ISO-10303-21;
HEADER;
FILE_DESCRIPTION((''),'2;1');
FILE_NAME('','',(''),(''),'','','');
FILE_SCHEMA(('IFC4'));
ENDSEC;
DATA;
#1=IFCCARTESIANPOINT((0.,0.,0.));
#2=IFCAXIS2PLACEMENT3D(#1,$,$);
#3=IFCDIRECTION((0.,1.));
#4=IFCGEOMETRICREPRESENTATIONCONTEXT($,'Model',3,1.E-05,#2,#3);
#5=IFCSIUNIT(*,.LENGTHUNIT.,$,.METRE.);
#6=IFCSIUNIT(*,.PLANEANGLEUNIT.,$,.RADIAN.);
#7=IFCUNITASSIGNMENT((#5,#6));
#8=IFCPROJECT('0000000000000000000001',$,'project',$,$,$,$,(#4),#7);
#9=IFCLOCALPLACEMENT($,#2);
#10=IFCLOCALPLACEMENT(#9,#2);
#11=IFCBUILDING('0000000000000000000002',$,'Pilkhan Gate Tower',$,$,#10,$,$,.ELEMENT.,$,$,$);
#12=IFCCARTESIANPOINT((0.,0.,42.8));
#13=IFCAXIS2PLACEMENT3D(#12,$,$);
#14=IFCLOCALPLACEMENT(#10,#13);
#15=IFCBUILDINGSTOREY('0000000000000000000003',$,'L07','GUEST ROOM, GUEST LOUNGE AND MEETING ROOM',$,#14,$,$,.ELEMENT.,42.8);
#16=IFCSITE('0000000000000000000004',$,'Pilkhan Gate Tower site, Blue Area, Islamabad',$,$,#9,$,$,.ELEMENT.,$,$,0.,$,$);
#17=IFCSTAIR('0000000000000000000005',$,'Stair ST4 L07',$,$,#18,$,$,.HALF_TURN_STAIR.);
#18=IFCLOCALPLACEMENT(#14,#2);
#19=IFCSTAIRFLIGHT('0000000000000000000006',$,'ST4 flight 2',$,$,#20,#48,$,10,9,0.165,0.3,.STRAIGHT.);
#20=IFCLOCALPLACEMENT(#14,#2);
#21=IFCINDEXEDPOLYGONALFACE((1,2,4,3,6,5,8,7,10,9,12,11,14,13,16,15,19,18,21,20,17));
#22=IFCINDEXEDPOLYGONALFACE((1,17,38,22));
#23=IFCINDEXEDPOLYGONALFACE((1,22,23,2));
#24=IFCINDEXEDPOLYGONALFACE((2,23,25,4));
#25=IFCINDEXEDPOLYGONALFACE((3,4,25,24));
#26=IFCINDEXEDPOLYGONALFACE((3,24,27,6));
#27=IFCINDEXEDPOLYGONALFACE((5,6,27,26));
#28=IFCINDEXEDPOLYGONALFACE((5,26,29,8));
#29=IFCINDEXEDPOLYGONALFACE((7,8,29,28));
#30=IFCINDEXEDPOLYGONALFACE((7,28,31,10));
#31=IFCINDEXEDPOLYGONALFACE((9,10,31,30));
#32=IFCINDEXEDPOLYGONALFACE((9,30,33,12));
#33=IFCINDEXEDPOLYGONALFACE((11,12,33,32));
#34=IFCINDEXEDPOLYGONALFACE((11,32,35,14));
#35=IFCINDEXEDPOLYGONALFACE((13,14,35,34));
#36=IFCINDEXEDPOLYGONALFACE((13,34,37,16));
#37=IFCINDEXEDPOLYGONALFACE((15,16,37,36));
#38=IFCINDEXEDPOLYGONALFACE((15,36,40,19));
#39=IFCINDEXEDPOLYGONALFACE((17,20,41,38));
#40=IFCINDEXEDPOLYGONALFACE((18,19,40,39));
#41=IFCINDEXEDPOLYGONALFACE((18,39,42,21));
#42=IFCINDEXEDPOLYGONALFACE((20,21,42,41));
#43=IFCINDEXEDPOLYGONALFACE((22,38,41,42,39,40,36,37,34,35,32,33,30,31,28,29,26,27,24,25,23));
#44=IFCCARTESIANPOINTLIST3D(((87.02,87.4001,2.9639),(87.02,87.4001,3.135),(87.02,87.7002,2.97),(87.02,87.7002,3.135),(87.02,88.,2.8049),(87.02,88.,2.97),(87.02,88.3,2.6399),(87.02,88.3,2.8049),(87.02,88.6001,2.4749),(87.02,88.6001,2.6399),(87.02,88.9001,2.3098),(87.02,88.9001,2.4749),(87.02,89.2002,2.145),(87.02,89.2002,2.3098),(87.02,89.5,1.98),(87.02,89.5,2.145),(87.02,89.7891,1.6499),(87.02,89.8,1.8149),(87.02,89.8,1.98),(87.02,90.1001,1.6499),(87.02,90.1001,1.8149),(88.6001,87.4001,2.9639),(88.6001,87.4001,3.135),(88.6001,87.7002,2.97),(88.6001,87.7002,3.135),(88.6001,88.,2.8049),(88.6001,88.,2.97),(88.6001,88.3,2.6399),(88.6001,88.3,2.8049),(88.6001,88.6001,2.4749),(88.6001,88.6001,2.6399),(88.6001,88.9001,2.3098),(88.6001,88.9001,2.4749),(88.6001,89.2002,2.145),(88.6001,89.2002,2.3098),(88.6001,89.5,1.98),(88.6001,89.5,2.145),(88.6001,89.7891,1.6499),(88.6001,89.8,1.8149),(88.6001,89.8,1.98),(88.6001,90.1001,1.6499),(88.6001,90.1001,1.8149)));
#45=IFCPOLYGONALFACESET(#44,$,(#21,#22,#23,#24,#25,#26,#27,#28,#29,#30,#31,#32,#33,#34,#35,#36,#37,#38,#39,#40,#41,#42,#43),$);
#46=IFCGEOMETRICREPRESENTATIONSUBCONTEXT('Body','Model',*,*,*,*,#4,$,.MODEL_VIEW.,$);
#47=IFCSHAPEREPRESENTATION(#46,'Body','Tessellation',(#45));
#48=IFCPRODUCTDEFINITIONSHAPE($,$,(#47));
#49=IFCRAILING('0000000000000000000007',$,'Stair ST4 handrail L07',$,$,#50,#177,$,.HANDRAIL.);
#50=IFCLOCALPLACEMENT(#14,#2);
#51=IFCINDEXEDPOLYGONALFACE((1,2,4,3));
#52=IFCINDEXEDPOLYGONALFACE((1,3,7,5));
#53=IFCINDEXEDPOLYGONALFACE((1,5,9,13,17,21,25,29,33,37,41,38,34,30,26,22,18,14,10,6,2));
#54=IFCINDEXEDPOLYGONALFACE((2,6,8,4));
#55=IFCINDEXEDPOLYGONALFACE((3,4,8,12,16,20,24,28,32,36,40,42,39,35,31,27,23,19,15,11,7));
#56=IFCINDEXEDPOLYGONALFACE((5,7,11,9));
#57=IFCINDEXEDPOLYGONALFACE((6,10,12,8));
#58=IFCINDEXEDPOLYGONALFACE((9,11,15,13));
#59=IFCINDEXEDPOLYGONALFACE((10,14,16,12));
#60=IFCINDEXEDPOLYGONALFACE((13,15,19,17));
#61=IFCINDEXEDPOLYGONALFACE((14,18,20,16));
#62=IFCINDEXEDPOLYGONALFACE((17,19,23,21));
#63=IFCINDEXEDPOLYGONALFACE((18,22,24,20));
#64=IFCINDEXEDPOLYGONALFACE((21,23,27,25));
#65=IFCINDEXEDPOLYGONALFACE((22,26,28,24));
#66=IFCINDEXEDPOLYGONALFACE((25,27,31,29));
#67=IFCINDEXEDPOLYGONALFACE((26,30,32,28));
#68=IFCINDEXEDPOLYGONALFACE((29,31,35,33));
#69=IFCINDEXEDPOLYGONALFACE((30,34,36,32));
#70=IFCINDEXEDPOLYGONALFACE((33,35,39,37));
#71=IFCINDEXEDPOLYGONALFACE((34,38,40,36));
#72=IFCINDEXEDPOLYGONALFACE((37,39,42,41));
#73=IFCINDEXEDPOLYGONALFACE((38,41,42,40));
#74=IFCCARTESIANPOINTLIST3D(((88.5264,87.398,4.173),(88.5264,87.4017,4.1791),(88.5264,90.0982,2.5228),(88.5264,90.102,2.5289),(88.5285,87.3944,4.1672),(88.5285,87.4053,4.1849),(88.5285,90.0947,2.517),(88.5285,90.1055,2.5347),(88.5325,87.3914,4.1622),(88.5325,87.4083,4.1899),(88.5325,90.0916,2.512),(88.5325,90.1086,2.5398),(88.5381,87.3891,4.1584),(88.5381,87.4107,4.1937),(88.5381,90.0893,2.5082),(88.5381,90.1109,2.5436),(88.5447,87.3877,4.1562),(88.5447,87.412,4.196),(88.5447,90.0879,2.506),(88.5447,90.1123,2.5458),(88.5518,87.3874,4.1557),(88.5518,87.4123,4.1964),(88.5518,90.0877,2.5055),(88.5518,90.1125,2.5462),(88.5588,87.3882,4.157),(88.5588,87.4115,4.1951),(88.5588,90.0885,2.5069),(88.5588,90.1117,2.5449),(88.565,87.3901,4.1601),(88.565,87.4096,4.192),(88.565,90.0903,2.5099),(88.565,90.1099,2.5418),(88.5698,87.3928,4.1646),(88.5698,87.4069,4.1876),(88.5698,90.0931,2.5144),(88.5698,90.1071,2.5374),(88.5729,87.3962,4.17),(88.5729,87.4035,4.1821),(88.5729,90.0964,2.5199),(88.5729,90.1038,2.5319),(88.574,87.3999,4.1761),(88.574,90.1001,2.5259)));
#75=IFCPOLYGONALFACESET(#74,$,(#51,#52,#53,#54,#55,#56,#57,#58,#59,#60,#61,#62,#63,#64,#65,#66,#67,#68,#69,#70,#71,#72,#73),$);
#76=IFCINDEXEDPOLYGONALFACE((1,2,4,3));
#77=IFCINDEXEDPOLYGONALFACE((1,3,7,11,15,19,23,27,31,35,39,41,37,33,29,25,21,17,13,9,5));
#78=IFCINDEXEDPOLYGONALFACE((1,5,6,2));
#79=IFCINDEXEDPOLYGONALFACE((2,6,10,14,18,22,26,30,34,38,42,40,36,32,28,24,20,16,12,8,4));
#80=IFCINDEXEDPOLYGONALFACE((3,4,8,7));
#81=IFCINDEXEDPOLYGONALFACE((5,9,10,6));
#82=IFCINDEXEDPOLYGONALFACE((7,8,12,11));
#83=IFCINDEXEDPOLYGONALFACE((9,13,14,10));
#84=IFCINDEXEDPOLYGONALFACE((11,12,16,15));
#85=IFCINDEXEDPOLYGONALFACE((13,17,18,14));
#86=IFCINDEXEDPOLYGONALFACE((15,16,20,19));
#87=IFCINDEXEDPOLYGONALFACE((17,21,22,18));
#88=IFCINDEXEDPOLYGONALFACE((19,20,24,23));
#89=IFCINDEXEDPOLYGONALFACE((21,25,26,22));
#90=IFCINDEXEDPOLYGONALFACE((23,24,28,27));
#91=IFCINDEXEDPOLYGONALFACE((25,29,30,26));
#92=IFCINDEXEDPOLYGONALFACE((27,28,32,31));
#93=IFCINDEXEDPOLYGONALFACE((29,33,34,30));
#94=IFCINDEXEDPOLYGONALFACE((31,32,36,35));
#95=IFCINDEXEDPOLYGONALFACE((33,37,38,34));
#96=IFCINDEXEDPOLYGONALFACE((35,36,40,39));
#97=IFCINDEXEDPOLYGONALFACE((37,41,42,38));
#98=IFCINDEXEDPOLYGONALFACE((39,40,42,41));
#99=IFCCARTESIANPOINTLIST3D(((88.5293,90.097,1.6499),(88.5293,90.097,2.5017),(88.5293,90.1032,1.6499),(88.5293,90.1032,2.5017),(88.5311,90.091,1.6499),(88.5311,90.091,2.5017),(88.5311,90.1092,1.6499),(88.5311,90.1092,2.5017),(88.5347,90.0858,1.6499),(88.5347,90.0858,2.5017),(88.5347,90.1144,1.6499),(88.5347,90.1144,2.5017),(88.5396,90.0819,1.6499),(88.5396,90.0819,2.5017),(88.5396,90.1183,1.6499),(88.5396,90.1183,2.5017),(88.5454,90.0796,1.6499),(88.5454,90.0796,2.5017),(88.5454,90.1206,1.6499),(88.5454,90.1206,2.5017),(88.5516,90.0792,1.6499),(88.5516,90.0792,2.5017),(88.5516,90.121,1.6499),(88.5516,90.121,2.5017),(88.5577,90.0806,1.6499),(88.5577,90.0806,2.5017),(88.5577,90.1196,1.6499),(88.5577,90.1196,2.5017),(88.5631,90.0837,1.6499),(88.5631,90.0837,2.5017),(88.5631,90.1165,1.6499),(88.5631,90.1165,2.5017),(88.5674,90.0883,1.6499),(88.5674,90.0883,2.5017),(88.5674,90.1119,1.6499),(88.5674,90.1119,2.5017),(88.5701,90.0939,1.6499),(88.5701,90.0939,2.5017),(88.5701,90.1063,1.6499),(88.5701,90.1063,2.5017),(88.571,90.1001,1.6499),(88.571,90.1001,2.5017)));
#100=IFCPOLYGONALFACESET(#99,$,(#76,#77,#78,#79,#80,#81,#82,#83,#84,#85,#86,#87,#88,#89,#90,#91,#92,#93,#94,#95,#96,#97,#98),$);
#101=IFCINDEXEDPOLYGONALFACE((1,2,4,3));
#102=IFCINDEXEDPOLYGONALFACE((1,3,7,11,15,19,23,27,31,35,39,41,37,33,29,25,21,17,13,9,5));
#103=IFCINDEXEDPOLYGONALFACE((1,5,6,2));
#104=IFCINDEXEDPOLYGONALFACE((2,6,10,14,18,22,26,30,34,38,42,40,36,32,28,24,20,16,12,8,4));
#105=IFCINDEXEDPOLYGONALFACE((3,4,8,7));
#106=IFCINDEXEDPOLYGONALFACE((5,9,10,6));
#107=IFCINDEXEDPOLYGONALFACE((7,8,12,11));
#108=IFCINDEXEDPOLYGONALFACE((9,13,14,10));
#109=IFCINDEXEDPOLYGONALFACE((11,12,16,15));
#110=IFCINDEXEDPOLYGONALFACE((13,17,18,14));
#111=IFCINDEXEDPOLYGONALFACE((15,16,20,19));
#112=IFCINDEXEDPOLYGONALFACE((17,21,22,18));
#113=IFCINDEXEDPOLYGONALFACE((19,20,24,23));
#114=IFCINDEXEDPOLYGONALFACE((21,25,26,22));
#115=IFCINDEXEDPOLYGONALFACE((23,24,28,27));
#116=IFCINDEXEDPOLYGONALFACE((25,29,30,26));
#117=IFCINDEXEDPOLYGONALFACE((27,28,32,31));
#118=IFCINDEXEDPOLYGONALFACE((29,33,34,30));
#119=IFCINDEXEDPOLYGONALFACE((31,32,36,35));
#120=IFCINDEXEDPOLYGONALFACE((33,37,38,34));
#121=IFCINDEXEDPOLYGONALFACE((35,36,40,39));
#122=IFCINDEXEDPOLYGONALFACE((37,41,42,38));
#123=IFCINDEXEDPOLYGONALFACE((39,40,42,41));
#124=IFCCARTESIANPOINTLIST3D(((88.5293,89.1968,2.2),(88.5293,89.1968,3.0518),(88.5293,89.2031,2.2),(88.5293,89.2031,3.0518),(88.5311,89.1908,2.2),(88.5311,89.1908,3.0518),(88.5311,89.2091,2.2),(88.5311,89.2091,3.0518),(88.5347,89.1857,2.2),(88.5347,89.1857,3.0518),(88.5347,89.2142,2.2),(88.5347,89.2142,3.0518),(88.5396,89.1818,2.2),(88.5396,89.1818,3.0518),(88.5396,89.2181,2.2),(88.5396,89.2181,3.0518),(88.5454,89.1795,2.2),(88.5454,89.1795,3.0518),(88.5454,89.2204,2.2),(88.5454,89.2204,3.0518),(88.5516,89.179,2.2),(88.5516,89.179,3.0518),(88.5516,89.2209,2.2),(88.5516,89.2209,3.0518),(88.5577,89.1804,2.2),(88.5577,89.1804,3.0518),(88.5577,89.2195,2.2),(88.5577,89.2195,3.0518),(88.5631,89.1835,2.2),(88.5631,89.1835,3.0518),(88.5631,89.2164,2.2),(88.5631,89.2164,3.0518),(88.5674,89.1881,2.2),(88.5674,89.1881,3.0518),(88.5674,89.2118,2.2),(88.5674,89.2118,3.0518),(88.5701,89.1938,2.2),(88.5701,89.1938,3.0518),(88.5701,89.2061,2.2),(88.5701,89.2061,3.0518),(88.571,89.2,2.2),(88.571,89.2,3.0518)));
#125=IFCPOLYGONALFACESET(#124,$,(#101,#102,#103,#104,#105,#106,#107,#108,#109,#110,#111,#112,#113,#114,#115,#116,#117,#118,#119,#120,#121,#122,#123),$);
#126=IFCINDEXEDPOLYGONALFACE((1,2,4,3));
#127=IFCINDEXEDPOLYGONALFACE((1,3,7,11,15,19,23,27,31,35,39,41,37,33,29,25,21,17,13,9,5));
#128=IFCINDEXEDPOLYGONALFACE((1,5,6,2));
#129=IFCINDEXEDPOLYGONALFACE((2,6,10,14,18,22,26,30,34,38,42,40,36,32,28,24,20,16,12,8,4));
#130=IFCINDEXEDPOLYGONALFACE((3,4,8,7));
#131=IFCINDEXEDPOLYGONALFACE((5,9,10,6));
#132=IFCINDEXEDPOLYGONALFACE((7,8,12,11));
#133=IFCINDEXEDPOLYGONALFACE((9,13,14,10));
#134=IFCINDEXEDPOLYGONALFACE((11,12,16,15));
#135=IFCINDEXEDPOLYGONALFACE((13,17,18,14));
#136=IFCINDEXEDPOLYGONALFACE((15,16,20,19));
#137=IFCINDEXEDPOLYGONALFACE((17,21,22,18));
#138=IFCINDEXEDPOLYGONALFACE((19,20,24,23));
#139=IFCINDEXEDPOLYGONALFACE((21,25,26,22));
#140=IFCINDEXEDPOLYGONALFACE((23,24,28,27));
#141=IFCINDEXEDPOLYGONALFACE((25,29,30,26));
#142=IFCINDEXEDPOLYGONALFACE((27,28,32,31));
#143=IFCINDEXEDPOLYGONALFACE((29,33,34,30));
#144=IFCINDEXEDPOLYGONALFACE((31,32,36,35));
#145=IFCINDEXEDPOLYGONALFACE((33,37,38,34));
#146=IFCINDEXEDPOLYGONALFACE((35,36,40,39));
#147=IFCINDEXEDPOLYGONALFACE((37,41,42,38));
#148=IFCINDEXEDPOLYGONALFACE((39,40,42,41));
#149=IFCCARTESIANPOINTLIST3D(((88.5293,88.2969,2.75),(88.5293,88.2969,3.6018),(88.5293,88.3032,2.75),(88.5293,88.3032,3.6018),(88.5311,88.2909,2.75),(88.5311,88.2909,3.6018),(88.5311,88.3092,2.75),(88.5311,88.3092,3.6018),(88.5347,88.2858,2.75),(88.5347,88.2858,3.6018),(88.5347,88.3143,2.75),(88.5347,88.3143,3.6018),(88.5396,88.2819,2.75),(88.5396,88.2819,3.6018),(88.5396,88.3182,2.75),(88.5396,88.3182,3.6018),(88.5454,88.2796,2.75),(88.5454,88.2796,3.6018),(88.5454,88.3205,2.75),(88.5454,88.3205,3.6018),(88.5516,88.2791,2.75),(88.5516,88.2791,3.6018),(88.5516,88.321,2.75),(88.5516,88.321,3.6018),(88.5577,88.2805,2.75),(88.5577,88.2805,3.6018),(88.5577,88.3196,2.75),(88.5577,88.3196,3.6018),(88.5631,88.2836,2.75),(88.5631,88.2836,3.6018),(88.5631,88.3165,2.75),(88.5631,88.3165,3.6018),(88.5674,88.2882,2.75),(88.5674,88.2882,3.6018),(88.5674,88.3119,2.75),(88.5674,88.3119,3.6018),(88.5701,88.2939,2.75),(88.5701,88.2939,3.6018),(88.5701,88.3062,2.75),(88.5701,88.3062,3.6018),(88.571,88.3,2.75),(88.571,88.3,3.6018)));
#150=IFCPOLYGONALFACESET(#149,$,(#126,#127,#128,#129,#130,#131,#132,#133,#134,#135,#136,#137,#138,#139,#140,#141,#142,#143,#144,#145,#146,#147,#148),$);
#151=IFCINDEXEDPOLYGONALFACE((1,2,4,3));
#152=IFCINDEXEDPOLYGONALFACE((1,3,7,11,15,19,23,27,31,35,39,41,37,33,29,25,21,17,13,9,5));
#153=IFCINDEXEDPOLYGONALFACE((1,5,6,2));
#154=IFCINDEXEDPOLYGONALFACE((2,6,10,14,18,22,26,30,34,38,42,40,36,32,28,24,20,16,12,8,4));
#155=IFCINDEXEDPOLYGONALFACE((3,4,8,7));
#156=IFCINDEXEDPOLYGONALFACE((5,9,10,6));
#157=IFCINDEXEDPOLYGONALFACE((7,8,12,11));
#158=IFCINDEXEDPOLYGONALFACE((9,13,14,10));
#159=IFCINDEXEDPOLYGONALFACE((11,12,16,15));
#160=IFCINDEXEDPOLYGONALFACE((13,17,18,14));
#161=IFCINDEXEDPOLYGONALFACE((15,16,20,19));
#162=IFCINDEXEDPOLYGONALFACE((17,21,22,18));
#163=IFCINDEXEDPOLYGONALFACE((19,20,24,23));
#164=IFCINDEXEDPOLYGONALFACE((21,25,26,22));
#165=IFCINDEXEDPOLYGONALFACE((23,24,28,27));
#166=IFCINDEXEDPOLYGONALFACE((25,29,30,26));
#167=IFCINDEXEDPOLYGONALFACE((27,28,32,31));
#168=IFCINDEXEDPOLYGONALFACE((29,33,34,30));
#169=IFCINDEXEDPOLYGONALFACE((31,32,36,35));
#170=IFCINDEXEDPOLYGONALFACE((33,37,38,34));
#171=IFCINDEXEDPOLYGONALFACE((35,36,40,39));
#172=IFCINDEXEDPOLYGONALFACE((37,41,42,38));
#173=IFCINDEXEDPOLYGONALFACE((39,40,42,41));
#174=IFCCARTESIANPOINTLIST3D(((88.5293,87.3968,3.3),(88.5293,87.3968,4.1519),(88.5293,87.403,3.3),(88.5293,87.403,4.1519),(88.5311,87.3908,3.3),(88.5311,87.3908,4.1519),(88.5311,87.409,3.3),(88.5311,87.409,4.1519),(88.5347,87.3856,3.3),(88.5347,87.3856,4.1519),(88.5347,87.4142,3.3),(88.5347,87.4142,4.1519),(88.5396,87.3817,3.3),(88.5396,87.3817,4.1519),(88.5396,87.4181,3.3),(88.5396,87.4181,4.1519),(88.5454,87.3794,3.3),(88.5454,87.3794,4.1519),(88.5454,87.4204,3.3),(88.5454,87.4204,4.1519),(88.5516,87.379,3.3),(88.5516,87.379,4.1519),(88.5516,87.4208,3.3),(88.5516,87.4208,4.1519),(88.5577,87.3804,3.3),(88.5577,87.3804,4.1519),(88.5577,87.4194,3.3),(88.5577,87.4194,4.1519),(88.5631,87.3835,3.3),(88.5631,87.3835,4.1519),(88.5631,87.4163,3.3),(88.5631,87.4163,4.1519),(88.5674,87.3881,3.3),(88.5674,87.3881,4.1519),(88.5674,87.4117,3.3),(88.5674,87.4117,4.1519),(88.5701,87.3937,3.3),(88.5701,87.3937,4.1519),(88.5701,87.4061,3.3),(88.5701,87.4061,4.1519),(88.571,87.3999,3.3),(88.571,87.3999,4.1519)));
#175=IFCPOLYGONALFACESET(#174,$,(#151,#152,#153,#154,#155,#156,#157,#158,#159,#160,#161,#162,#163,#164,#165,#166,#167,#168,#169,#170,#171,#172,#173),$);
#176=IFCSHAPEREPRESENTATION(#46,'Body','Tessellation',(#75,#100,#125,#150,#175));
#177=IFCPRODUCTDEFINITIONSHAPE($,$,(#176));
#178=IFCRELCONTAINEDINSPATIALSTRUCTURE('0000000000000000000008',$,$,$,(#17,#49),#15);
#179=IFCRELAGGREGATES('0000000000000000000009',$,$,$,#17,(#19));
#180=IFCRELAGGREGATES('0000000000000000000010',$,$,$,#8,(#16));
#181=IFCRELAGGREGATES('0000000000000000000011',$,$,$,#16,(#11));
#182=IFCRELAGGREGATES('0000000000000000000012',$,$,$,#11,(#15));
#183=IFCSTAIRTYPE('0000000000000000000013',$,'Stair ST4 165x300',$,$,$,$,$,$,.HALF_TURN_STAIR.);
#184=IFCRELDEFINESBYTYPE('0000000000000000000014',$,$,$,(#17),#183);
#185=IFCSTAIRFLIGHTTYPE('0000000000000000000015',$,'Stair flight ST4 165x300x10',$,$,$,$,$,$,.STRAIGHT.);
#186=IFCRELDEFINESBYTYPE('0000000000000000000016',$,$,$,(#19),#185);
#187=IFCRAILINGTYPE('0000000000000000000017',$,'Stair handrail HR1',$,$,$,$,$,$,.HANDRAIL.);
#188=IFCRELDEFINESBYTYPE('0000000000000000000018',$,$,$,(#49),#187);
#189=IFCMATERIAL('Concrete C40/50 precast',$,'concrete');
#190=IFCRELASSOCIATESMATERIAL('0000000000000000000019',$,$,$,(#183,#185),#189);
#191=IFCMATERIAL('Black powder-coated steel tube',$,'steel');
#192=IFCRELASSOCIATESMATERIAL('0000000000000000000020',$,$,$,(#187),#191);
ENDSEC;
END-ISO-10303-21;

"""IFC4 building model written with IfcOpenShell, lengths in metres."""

from ifc_helpers import new_model, si_unit, direction, frame, origin, origin_2d, place, context, subcontext, project, spatial, polyline, circle, outline, extrude, material, type_object, element, aggregate, save


model = new_model("IFC4")

# Units and contexts
model_context = context("Model", 3, precision=1e-05, world=origin(), true_north=direction((0.0, 1.0)))
body_context = subcontext(model_context, "Body", "Model", "MODEL_VIEW")
ifc_project = project(units=[si_unit("LENGTHUNIT", "METRE"), si_unit("PLANEANGLEUNIT", "RADIAN")], contexts=[model_context])

# Site, building, storey
site_placement = place(None, origin())
site = spatial("IfcSite", under=ifc_project, at=site_placement, Name="Pilkhan Gate Tower site, Blue Area, Islamabad", CompositionType="ELEMENT", RefElevation=0.0)
building_placement = place(site_placement, origin())
building = spatial("IfcBuilding", under=site, at=building_placement, Name="Pilkhan Gate Tower", CompositionType="ELEMENT")
storey_placement = place(building_placement, frame((0.0, 0.0, 42.8)))
storey = spatial("IfcBuildingStorey", under=building, at=storey_placement, Name="L07", Description="GUEST ROOM, GUEST LOUNGE AND MEETING ROOM", CompositionType="ELEMENT", Elevation=42.8)

# Stair, stair flight
ifc_material_1 = material(Name="Concrete C40/50 precast", Category="concrete")
stair_type = type_object("IfcStairType", Name="Stair ST4 165x300", PredefinedType="HALF_TURN_STAIR", material=ifc_material_1)
stair_placement = place(storey_placement, origin())
stair = element("IfcStair", 1, at=stair_placement, inside=storey, type_object=stair_type, Name="Stair ST4 L07", PredefinedType="HALF_TURN_STAIR")
stair_flight_type = type_object("IfcStairFlightType", Name="Stair flight ST4 165x300x10", PredefinedType="STRAIGHT", material=ifc_material_1)
stair_flight_placement = place(storey_placement, frame((87.8101, 90.1001, 1.6499), z_axis=(0.0, 0.0, 1.0), x_axis=(0.0, -1.0, 0.0)))
stair_flight = element("IfcStairFlight", 2, at=stair_flight_placement, type_object=stair_flight_type, Name="ST4 flight 2", NumberOfRisers=10, NumberOfTreads=9, PredefinedType="STRAIGHT", RiserHeight=0.165, TreadLength=0.3, context=body_context, shape_type="SweptSolid", body=[
    extrude(outline(polyline([(0.0, 0.0), (0.0, 0.165), (0.3, 0.165), (0.3, 0.3301), (0.6001, 0.3301), (0.6001, 0.4951), (0.8999, 0.4951), (0.8999, 0.6599), (1.2, 0.6599), (1.2, 0.825), (1.5, 0.825), (1.5, 0.99), (1.8, 0.99), (1.8, 1.155), (2.1001, 1.155), (2.1001, 1.3201), (2.3999, 1.3201), (2.3999, 1.4851), (2.7, 1.4851), (2.7, 1.6499), (2.7, 1.314), (0.311, 0.0), (0.0, 0.0)])), frame((0.0, 0.79, 0.0), z_axis=(0.0, -1.0, 0.0), x_axis=(1.0, 0.0, 0.0)), (0.0, 0.0, 1.0), 1.5801),
])
aggregate(stair, [stair_flight])

# Railing
ifc_material_2 = material(Name="Black powder-coated steel tube", Category="steel")
railing_type_1 = type_object("IfcRailingType", Name="Stair handrail HR1", PredefinedType="HANDRAIL", material=ifc_material_2)
railing_1_placement = place(storey_placement, frame((88.55, 90.1001, 1.6499)))
element("IfcRailing", 3, at=railing_1_placement, inside=storey, type_object=railing_type_1, Name="Stair ST4 handrail L07", PredefinedType="HANDRAIL", context=body_context, shape_type="SweptSolid", body=[
    extrude(circle(Radius=0.0239, at=origin_2d()), frame((0.0, 0.0, 0.876), z_axis=(0.0, -0.853278, 0.521456), x_axis=(1.0, 0.0, 0.0)), (0.0, 0.0, 1.0), 3.1646),
    extrude(circle(Radius=0.021, at=origin_2d()), origin(), (0.0, 0.0, 1.0), 0.8518),
    extrude(circle(Radius=0.021, at=origin_2d()), frame((0.0, -0.9001, 0.55)), (0.0, 0.0, 1.0), 0.8518),
    extrude(circle(Radius=0.021, at=origin_2d()), frame((0.0, -1.8, 1.1001)), (0.0, 0.0, 1.0), 0.8518),
    extrude(circle(Radius=0.021, at=origin_2d()), frame((0.0, -2.7002, 1.6501)), (0.0, 0.0, 1.0), 0.8518),
])

save(model, "model.ifc")
